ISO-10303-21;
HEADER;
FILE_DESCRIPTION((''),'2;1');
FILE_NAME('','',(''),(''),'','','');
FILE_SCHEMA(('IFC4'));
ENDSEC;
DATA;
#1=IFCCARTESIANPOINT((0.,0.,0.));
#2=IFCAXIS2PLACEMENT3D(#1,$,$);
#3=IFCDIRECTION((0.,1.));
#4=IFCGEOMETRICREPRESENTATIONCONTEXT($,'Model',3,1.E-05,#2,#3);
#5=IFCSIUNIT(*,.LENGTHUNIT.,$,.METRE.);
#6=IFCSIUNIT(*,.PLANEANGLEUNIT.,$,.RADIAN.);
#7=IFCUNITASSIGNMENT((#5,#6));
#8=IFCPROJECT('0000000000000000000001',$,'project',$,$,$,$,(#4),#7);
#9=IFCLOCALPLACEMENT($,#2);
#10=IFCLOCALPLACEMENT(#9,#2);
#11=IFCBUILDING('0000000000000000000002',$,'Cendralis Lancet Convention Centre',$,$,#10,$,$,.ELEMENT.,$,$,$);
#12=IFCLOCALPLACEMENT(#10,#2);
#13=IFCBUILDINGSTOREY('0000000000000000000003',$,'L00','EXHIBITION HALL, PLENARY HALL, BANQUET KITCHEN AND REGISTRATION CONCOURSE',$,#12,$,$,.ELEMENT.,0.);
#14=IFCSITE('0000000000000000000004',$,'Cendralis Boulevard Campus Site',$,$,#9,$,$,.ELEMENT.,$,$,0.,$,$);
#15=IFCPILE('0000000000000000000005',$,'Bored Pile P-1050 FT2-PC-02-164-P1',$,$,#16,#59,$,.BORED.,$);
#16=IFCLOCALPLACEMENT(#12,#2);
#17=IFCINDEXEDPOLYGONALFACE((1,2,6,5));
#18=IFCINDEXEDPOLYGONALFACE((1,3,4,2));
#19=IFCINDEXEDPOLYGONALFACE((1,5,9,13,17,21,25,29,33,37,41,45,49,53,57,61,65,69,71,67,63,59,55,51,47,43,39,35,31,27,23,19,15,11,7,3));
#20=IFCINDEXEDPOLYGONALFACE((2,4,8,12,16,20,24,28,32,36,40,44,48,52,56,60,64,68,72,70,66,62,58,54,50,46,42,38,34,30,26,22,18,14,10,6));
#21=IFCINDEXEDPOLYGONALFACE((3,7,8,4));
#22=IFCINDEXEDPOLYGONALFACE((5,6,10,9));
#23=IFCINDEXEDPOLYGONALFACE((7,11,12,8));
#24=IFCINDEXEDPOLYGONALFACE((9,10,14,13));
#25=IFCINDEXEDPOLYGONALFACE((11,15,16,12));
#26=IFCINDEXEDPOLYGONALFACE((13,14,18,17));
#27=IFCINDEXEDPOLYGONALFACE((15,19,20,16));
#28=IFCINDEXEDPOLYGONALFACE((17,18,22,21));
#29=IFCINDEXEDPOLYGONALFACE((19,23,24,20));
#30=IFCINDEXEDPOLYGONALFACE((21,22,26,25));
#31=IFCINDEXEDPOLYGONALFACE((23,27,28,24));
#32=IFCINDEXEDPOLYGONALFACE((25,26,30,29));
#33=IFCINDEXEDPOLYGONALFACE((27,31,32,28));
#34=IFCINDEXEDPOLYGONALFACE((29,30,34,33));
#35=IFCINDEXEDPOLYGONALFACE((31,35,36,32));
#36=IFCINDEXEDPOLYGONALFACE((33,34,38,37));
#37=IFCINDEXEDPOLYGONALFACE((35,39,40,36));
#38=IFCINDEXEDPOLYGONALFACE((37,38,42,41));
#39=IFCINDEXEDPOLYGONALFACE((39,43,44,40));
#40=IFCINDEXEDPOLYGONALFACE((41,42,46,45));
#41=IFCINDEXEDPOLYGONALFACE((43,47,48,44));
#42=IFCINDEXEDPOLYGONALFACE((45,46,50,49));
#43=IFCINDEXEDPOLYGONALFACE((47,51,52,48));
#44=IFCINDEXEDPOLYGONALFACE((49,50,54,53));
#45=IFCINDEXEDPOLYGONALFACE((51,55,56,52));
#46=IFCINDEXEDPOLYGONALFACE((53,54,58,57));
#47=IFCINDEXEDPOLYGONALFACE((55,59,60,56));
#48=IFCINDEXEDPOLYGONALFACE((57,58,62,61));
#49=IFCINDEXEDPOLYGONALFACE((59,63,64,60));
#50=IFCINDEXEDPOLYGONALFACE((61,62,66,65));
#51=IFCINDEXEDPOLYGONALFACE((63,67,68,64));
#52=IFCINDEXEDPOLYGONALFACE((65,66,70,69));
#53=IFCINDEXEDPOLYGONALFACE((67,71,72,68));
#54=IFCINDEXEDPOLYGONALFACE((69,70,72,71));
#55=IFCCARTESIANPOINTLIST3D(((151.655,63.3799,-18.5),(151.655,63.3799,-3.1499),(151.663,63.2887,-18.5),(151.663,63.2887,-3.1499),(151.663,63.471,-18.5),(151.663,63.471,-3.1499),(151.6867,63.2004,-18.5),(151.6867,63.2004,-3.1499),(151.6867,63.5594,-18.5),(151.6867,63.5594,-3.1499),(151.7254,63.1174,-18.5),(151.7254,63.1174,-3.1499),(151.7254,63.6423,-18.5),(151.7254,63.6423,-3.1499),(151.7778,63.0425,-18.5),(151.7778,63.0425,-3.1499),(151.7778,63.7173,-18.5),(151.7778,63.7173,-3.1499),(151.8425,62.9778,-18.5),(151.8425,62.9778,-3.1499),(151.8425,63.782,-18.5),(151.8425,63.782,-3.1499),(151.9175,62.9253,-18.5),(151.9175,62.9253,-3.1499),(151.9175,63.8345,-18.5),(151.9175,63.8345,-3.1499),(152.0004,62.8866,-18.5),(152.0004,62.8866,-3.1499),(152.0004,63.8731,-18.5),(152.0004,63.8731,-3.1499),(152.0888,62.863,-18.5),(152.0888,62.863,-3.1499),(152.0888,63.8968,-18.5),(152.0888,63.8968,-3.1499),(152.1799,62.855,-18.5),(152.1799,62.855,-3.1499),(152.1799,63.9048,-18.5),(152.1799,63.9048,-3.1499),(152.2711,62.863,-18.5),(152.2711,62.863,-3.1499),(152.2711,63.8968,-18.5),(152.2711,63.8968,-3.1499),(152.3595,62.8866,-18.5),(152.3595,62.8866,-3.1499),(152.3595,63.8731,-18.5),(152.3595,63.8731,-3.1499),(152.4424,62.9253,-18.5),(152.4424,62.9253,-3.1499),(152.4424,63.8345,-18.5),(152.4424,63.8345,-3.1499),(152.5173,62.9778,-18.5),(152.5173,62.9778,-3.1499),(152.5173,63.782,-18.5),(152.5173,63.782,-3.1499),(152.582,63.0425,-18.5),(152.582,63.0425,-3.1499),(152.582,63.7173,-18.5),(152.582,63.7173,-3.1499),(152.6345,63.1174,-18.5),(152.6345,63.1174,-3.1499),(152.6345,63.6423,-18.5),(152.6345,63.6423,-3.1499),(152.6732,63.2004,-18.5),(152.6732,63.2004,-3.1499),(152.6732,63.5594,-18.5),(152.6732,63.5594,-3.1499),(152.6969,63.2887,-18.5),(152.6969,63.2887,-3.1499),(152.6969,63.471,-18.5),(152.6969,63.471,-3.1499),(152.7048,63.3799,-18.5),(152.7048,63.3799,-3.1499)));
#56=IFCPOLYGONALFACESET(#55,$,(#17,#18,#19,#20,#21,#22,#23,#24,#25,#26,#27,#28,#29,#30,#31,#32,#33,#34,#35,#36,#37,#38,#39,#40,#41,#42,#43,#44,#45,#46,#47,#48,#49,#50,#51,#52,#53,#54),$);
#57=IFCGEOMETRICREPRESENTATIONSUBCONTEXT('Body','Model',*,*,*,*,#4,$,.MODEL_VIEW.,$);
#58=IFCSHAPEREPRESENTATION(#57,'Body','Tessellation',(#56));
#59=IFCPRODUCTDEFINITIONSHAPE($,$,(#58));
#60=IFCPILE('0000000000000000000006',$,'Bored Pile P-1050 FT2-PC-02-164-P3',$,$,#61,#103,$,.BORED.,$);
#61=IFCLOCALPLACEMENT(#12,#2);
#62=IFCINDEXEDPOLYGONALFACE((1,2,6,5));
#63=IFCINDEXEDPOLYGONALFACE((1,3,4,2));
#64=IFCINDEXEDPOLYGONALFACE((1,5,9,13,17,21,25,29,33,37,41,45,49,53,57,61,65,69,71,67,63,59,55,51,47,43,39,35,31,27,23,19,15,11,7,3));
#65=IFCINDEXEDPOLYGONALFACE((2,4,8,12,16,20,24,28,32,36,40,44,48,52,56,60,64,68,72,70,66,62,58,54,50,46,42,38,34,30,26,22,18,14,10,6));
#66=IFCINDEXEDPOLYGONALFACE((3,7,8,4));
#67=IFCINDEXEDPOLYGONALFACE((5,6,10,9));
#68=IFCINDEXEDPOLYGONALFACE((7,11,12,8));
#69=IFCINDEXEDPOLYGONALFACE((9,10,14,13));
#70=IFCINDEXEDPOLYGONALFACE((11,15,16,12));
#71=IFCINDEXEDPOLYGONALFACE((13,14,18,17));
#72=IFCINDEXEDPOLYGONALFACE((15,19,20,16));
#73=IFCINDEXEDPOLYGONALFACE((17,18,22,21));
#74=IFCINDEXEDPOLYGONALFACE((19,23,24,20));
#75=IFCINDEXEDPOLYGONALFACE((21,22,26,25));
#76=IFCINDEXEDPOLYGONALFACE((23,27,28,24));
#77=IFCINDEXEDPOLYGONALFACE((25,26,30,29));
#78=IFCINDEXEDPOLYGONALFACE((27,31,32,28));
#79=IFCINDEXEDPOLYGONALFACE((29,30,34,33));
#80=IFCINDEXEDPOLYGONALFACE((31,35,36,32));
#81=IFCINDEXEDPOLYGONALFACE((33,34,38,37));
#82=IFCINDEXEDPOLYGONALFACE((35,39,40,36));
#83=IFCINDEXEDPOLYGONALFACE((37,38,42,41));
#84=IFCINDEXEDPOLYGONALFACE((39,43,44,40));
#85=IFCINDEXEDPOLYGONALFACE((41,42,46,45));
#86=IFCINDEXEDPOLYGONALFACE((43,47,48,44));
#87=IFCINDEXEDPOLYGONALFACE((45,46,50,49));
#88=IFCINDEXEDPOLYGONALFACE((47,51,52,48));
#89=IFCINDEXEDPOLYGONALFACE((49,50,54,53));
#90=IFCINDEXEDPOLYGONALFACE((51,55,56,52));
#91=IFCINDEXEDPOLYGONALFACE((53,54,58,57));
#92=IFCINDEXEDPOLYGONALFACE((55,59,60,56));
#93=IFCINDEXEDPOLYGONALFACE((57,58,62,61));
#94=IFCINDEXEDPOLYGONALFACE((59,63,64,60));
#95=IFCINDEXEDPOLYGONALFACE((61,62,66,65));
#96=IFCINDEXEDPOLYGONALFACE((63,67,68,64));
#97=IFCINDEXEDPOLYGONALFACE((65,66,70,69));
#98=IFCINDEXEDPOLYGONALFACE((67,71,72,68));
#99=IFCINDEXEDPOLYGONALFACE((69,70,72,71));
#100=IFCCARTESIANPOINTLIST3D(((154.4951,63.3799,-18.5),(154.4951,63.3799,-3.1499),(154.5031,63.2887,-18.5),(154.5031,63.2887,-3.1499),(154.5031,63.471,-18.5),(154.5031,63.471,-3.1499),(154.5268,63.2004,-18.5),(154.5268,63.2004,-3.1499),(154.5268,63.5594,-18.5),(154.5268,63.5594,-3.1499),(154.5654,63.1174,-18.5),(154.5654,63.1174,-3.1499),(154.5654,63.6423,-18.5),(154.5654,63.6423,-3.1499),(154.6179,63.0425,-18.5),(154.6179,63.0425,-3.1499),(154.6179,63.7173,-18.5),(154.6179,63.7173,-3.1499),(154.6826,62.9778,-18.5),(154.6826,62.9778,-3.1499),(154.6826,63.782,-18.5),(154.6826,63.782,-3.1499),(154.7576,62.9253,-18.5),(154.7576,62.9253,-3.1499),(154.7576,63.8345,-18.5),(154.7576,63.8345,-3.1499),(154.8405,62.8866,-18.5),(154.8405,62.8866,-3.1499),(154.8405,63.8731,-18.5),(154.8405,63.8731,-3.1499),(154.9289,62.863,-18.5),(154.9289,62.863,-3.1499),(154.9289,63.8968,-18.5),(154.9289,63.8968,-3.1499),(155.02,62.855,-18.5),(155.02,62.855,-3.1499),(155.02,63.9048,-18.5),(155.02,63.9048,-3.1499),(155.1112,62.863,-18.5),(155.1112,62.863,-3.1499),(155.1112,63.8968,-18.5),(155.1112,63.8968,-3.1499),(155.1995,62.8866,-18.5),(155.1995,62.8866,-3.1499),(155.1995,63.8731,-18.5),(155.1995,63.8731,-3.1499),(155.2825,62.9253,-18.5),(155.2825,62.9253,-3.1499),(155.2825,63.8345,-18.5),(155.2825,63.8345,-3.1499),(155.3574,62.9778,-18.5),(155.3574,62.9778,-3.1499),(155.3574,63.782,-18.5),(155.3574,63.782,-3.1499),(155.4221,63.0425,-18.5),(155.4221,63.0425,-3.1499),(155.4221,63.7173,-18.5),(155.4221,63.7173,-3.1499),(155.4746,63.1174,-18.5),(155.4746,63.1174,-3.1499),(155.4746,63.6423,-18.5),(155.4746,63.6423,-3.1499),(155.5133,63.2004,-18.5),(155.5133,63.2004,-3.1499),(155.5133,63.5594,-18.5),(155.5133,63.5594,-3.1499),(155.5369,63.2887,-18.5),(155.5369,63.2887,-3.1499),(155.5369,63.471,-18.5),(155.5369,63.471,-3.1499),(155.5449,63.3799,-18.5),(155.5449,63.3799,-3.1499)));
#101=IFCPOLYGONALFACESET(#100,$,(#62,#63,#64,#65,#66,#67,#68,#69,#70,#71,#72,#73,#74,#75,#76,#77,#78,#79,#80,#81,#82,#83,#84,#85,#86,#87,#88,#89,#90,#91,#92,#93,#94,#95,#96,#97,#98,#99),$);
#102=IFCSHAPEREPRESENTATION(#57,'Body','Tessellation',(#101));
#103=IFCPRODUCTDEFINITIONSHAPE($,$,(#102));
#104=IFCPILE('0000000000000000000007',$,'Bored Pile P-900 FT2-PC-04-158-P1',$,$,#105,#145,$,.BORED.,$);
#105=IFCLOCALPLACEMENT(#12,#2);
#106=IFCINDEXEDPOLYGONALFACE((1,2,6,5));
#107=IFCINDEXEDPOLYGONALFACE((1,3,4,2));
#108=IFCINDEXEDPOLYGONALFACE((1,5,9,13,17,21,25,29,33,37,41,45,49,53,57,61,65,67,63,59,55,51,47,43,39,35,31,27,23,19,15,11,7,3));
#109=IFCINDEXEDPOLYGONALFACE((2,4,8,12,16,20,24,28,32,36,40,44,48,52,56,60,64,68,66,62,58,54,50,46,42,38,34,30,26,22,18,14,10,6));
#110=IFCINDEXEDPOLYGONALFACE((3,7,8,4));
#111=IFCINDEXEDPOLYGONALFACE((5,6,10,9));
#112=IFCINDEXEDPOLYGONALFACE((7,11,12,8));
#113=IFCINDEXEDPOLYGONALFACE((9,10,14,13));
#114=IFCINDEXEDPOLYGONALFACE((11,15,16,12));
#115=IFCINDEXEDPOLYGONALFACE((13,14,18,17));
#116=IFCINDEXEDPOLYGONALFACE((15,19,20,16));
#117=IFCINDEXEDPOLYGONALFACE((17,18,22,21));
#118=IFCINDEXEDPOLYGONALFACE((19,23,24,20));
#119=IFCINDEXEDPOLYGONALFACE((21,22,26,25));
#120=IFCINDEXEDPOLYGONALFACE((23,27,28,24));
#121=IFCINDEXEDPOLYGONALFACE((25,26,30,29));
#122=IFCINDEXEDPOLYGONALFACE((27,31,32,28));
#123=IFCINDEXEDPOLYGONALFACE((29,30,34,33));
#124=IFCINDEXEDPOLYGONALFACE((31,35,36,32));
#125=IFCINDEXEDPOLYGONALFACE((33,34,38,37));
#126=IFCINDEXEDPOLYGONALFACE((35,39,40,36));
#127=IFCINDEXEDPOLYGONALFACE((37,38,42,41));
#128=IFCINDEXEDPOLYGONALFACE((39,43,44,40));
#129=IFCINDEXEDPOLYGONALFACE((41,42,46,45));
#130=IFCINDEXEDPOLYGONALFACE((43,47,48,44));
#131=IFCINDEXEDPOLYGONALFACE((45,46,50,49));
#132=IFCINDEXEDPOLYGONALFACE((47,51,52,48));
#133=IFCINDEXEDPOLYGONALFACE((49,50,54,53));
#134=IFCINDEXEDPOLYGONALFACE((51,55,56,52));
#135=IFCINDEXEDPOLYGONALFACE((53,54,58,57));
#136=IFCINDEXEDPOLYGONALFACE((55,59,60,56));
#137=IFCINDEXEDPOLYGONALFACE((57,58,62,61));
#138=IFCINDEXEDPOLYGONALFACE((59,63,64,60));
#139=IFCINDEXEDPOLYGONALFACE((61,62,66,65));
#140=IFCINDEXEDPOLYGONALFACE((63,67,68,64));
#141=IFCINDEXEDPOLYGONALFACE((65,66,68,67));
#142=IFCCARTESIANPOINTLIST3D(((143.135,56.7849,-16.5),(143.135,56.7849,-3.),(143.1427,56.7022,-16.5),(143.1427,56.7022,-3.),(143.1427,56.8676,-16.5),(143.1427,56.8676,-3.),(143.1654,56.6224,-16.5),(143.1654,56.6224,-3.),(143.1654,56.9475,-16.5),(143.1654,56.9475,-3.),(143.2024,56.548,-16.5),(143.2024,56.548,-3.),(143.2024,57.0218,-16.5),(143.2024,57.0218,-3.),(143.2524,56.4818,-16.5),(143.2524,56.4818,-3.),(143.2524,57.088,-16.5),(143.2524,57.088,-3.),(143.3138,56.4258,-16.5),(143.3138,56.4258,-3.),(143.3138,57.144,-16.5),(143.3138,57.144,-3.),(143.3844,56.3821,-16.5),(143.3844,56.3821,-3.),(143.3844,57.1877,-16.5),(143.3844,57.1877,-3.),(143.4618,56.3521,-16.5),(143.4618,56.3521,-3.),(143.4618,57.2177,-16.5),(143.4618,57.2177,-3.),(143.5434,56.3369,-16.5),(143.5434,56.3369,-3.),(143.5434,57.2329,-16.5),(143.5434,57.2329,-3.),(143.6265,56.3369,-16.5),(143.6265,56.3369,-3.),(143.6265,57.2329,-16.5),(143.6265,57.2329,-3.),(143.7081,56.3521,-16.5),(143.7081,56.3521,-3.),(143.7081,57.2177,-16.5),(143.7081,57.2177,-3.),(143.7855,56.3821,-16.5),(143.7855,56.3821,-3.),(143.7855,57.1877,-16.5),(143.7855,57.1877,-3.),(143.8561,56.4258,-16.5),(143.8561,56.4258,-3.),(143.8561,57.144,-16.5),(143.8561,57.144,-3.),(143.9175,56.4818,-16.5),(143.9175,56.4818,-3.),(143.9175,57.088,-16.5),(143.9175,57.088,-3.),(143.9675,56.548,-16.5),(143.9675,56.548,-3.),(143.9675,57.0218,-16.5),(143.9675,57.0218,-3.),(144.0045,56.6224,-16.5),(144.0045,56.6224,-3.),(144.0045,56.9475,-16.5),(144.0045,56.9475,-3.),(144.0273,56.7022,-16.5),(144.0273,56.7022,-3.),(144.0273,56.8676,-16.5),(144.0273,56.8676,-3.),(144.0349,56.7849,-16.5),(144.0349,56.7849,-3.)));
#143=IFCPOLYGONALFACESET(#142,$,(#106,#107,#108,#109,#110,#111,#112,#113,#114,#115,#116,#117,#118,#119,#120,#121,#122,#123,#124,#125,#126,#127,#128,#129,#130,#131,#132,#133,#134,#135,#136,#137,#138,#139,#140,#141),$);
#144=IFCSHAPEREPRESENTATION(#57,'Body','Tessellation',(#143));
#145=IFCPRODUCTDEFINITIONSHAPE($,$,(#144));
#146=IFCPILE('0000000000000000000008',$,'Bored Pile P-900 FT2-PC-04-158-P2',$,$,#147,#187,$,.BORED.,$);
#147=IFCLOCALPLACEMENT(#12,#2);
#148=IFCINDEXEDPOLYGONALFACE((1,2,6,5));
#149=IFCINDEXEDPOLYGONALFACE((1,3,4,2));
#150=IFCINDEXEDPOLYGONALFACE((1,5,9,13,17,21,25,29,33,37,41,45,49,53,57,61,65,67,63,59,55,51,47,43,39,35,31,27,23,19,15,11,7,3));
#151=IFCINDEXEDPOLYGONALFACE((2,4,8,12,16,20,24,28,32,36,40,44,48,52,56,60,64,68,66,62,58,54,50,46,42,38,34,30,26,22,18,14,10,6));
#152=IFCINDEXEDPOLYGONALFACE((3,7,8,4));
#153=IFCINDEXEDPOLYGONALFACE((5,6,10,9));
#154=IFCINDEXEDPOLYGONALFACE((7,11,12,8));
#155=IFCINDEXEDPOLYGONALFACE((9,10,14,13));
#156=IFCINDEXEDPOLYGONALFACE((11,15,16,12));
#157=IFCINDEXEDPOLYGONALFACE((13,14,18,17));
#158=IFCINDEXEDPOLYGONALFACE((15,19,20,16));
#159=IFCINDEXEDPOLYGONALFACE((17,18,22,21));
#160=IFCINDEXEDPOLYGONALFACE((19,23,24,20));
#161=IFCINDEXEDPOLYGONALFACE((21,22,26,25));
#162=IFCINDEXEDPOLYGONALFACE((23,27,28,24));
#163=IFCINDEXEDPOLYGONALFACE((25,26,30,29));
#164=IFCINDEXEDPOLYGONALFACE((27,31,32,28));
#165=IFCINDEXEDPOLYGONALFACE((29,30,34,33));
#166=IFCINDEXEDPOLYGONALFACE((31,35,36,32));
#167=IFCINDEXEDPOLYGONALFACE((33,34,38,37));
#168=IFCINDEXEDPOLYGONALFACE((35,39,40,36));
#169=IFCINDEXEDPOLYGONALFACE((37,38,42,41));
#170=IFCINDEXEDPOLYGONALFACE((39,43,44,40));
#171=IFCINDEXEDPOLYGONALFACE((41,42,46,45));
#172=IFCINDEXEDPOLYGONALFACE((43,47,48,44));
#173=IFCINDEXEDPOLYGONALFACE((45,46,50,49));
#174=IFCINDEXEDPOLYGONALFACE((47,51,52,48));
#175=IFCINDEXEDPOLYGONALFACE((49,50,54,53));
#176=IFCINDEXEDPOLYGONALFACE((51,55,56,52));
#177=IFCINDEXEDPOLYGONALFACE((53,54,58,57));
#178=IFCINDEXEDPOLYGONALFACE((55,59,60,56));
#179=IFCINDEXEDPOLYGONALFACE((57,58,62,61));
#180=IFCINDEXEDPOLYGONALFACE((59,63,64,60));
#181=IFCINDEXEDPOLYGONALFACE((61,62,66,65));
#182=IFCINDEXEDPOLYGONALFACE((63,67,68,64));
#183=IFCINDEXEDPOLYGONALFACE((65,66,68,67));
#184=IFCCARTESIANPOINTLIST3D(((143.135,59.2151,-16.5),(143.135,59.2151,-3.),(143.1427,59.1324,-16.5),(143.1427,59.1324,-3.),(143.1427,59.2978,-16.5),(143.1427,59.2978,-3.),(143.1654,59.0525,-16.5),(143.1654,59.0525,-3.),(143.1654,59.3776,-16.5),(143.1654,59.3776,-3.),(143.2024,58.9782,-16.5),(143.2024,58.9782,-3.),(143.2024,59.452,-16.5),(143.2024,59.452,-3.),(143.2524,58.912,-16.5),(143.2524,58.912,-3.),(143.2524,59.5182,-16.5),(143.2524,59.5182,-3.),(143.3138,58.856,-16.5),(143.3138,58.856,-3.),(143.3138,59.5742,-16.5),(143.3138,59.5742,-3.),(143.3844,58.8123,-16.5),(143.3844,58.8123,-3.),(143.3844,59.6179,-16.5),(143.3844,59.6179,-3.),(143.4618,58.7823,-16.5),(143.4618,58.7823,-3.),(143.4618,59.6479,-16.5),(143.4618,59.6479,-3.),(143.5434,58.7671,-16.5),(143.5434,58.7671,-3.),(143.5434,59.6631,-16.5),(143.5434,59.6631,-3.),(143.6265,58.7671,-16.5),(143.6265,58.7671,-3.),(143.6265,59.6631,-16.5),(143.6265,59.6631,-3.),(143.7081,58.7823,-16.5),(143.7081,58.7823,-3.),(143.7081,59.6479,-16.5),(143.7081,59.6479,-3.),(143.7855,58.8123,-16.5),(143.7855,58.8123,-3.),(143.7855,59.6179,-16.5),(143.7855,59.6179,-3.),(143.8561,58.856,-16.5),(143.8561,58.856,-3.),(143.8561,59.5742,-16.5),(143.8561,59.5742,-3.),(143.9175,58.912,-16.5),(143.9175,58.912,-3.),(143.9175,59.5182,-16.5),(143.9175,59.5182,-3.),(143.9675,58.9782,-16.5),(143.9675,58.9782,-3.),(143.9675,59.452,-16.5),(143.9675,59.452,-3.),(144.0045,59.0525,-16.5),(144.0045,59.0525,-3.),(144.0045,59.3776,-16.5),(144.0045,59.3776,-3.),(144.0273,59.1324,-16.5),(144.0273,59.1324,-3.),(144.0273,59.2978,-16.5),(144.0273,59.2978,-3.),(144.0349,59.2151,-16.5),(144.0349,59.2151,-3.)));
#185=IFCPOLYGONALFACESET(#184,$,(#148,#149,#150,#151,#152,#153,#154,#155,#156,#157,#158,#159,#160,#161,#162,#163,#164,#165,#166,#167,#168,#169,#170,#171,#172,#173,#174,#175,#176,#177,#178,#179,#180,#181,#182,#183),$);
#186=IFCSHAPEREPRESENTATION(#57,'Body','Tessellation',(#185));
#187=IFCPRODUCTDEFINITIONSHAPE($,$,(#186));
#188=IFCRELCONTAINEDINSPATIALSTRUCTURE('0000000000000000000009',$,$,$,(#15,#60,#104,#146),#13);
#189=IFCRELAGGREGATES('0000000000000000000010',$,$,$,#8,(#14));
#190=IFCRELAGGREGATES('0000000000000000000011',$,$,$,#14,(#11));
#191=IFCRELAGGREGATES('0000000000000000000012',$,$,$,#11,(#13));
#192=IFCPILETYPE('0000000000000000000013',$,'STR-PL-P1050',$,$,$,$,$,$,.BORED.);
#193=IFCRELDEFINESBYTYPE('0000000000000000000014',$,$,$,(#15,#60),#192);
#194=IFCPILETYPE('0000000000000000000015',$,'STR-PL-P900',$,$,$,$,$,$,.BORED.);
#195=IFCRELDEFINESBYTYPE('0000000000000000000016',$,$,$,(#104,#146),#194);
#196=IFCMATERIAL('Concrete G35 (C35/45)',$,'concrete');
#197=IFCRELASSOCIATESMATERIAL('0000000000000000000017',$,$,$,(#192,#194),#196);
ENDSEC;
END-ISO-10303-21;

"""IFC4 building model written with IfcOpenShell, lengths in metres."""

from ifc_helpers import new_model, si_unit, direction, frame, origin, origin_2d, place, context, subcontext, project, spatial, circle, extrude, material, material_profile, profile_set, type_object, element, save


model = new_model("IFC4")

# Units and contexts
model_context = context("Model", 3, precision=1e-05, world=origin(), true_north=direction((0.0, 1.0)))
body_context = subcontext(model_context, "Body", "Model", "MODEL_VIEW")
ifc_project = project(units=[si_unit("LENGTHUNIT", "METRE"), si_unit("PLANEANGLEUNIT", "RADIAN")], contexts=[model_context])

# Site, building, storey
site_placement = place(None, origin())
site = spatial("IfcSite", under=ifc_project, at=site_placement, Name="Cendralis Boulevard Campus Site", CompositionType="ELEMENT", RefElevation=0.0)
building_placement = place(site_placement, origin())
building = spatial("IfcBuilding", under=site, at=building_placement, Name="Cendralis Lancet Convention Centre", CompositionType="ELEMENT")
storey_placement = place(building_placement, origin())
storey = spatial("IfcBuildingStorey", under=building, at=storey_placement, Name="L00", Description="EXHIBITION HALL, PLENARY HALL, BANQUET KITCHEN AND REGISTRATION CONCOURSE", CompositionType="ELEMENT", Elevation=0.0)

# Shared definitions
ifc_material_1 = material(Name="Concrete G35 (C35/45)", Category="concrete")

# Piles
ifc_material_profile_1 = material_profile(ifc_material_1, circle(Radius=0.5249, at=origin_2d()), Name="BORED PILE D1050")
ifc_profile_set_1 = profile_set([ifc_material_profile_1], Name="Concrete G35 (C35/45)")
pile_type_1 = type_object("IfcPileType", Name="STR-PL-P1050", PredefinedType="BORED", material=ifc_profile_set_1)
for number, where, z_axis, x_axis, name in (
    (1, (152.1799, 63.3799, -3.1499), (0.0, 0.0, -1.0), (1.0, 0.0, 0.0), "Bored Pile P-1050 FT2-PC-02-164-P1"),
    (2, (155.02, 63.3799, -3.1499), (0.0, 0.0, -1.0), (1.0, 0.0, 0.0), "Bored Pile P-1050 FT2-PC-02-164-P3"),
):
    element("IfcPile", number, at=place(storey_placement, frame(where, z_axis=z_axis, x_axis=x_axis)), inside=storey, type_object=pile_type_1, Name=name, PredefinedType="BORED", context=body_context, shape_type="SweptSolid", body=[
        extrude(circle(Radius=0.5249, at=origin_2d()), origin(), (0.0, 0.0, 1.0), 15.3501),
    ])
ifc_material_profile_2 = material_profile(ifc_material_1, circle(Radius=0.45, at=origin_2d()), Name="BORED PILE D900")
ifc_profile_set_2 = profile_set([ifc_material_profile_2], Name="Concrete G35 (C35/45)")
pile_type_2 = type_object("IfcPileType", Name="STR-PL-P900", PredefinedType="BORED", material=ifc_profile_set_2)
for number, where, z_axis, x_axis, name in (
    (3, (143.585, 56.7849, -3.0), (0.0, 0.0, -1.0), (1.0, 0.0, 0.0), "Bored Pile P-900 FT2-PC-04-158-P1"),
    (4, (143.585, 59.2151, -3.0), (0.0, 0.0, -1.0), (1.0, 0.0, 0.0), "Bored Pile P-900 FT2-PC-04-158-P2"),
):
    element("IfcPile", number, at=place(storey_placement, frame(where, z_axis=z_axis, x_axis=x_axis)), inside=storey, type_object=pile_type_2, Name=name, PredefinedType="BORED", context=body_context, shape_type="SweptSolid", body=[
        extrude(circle(Radius=0.45, at=origin_2d()), origin(), (0.0, 0.0, 1.0), 13.5),
    ])

save(model, "model.ifc")
